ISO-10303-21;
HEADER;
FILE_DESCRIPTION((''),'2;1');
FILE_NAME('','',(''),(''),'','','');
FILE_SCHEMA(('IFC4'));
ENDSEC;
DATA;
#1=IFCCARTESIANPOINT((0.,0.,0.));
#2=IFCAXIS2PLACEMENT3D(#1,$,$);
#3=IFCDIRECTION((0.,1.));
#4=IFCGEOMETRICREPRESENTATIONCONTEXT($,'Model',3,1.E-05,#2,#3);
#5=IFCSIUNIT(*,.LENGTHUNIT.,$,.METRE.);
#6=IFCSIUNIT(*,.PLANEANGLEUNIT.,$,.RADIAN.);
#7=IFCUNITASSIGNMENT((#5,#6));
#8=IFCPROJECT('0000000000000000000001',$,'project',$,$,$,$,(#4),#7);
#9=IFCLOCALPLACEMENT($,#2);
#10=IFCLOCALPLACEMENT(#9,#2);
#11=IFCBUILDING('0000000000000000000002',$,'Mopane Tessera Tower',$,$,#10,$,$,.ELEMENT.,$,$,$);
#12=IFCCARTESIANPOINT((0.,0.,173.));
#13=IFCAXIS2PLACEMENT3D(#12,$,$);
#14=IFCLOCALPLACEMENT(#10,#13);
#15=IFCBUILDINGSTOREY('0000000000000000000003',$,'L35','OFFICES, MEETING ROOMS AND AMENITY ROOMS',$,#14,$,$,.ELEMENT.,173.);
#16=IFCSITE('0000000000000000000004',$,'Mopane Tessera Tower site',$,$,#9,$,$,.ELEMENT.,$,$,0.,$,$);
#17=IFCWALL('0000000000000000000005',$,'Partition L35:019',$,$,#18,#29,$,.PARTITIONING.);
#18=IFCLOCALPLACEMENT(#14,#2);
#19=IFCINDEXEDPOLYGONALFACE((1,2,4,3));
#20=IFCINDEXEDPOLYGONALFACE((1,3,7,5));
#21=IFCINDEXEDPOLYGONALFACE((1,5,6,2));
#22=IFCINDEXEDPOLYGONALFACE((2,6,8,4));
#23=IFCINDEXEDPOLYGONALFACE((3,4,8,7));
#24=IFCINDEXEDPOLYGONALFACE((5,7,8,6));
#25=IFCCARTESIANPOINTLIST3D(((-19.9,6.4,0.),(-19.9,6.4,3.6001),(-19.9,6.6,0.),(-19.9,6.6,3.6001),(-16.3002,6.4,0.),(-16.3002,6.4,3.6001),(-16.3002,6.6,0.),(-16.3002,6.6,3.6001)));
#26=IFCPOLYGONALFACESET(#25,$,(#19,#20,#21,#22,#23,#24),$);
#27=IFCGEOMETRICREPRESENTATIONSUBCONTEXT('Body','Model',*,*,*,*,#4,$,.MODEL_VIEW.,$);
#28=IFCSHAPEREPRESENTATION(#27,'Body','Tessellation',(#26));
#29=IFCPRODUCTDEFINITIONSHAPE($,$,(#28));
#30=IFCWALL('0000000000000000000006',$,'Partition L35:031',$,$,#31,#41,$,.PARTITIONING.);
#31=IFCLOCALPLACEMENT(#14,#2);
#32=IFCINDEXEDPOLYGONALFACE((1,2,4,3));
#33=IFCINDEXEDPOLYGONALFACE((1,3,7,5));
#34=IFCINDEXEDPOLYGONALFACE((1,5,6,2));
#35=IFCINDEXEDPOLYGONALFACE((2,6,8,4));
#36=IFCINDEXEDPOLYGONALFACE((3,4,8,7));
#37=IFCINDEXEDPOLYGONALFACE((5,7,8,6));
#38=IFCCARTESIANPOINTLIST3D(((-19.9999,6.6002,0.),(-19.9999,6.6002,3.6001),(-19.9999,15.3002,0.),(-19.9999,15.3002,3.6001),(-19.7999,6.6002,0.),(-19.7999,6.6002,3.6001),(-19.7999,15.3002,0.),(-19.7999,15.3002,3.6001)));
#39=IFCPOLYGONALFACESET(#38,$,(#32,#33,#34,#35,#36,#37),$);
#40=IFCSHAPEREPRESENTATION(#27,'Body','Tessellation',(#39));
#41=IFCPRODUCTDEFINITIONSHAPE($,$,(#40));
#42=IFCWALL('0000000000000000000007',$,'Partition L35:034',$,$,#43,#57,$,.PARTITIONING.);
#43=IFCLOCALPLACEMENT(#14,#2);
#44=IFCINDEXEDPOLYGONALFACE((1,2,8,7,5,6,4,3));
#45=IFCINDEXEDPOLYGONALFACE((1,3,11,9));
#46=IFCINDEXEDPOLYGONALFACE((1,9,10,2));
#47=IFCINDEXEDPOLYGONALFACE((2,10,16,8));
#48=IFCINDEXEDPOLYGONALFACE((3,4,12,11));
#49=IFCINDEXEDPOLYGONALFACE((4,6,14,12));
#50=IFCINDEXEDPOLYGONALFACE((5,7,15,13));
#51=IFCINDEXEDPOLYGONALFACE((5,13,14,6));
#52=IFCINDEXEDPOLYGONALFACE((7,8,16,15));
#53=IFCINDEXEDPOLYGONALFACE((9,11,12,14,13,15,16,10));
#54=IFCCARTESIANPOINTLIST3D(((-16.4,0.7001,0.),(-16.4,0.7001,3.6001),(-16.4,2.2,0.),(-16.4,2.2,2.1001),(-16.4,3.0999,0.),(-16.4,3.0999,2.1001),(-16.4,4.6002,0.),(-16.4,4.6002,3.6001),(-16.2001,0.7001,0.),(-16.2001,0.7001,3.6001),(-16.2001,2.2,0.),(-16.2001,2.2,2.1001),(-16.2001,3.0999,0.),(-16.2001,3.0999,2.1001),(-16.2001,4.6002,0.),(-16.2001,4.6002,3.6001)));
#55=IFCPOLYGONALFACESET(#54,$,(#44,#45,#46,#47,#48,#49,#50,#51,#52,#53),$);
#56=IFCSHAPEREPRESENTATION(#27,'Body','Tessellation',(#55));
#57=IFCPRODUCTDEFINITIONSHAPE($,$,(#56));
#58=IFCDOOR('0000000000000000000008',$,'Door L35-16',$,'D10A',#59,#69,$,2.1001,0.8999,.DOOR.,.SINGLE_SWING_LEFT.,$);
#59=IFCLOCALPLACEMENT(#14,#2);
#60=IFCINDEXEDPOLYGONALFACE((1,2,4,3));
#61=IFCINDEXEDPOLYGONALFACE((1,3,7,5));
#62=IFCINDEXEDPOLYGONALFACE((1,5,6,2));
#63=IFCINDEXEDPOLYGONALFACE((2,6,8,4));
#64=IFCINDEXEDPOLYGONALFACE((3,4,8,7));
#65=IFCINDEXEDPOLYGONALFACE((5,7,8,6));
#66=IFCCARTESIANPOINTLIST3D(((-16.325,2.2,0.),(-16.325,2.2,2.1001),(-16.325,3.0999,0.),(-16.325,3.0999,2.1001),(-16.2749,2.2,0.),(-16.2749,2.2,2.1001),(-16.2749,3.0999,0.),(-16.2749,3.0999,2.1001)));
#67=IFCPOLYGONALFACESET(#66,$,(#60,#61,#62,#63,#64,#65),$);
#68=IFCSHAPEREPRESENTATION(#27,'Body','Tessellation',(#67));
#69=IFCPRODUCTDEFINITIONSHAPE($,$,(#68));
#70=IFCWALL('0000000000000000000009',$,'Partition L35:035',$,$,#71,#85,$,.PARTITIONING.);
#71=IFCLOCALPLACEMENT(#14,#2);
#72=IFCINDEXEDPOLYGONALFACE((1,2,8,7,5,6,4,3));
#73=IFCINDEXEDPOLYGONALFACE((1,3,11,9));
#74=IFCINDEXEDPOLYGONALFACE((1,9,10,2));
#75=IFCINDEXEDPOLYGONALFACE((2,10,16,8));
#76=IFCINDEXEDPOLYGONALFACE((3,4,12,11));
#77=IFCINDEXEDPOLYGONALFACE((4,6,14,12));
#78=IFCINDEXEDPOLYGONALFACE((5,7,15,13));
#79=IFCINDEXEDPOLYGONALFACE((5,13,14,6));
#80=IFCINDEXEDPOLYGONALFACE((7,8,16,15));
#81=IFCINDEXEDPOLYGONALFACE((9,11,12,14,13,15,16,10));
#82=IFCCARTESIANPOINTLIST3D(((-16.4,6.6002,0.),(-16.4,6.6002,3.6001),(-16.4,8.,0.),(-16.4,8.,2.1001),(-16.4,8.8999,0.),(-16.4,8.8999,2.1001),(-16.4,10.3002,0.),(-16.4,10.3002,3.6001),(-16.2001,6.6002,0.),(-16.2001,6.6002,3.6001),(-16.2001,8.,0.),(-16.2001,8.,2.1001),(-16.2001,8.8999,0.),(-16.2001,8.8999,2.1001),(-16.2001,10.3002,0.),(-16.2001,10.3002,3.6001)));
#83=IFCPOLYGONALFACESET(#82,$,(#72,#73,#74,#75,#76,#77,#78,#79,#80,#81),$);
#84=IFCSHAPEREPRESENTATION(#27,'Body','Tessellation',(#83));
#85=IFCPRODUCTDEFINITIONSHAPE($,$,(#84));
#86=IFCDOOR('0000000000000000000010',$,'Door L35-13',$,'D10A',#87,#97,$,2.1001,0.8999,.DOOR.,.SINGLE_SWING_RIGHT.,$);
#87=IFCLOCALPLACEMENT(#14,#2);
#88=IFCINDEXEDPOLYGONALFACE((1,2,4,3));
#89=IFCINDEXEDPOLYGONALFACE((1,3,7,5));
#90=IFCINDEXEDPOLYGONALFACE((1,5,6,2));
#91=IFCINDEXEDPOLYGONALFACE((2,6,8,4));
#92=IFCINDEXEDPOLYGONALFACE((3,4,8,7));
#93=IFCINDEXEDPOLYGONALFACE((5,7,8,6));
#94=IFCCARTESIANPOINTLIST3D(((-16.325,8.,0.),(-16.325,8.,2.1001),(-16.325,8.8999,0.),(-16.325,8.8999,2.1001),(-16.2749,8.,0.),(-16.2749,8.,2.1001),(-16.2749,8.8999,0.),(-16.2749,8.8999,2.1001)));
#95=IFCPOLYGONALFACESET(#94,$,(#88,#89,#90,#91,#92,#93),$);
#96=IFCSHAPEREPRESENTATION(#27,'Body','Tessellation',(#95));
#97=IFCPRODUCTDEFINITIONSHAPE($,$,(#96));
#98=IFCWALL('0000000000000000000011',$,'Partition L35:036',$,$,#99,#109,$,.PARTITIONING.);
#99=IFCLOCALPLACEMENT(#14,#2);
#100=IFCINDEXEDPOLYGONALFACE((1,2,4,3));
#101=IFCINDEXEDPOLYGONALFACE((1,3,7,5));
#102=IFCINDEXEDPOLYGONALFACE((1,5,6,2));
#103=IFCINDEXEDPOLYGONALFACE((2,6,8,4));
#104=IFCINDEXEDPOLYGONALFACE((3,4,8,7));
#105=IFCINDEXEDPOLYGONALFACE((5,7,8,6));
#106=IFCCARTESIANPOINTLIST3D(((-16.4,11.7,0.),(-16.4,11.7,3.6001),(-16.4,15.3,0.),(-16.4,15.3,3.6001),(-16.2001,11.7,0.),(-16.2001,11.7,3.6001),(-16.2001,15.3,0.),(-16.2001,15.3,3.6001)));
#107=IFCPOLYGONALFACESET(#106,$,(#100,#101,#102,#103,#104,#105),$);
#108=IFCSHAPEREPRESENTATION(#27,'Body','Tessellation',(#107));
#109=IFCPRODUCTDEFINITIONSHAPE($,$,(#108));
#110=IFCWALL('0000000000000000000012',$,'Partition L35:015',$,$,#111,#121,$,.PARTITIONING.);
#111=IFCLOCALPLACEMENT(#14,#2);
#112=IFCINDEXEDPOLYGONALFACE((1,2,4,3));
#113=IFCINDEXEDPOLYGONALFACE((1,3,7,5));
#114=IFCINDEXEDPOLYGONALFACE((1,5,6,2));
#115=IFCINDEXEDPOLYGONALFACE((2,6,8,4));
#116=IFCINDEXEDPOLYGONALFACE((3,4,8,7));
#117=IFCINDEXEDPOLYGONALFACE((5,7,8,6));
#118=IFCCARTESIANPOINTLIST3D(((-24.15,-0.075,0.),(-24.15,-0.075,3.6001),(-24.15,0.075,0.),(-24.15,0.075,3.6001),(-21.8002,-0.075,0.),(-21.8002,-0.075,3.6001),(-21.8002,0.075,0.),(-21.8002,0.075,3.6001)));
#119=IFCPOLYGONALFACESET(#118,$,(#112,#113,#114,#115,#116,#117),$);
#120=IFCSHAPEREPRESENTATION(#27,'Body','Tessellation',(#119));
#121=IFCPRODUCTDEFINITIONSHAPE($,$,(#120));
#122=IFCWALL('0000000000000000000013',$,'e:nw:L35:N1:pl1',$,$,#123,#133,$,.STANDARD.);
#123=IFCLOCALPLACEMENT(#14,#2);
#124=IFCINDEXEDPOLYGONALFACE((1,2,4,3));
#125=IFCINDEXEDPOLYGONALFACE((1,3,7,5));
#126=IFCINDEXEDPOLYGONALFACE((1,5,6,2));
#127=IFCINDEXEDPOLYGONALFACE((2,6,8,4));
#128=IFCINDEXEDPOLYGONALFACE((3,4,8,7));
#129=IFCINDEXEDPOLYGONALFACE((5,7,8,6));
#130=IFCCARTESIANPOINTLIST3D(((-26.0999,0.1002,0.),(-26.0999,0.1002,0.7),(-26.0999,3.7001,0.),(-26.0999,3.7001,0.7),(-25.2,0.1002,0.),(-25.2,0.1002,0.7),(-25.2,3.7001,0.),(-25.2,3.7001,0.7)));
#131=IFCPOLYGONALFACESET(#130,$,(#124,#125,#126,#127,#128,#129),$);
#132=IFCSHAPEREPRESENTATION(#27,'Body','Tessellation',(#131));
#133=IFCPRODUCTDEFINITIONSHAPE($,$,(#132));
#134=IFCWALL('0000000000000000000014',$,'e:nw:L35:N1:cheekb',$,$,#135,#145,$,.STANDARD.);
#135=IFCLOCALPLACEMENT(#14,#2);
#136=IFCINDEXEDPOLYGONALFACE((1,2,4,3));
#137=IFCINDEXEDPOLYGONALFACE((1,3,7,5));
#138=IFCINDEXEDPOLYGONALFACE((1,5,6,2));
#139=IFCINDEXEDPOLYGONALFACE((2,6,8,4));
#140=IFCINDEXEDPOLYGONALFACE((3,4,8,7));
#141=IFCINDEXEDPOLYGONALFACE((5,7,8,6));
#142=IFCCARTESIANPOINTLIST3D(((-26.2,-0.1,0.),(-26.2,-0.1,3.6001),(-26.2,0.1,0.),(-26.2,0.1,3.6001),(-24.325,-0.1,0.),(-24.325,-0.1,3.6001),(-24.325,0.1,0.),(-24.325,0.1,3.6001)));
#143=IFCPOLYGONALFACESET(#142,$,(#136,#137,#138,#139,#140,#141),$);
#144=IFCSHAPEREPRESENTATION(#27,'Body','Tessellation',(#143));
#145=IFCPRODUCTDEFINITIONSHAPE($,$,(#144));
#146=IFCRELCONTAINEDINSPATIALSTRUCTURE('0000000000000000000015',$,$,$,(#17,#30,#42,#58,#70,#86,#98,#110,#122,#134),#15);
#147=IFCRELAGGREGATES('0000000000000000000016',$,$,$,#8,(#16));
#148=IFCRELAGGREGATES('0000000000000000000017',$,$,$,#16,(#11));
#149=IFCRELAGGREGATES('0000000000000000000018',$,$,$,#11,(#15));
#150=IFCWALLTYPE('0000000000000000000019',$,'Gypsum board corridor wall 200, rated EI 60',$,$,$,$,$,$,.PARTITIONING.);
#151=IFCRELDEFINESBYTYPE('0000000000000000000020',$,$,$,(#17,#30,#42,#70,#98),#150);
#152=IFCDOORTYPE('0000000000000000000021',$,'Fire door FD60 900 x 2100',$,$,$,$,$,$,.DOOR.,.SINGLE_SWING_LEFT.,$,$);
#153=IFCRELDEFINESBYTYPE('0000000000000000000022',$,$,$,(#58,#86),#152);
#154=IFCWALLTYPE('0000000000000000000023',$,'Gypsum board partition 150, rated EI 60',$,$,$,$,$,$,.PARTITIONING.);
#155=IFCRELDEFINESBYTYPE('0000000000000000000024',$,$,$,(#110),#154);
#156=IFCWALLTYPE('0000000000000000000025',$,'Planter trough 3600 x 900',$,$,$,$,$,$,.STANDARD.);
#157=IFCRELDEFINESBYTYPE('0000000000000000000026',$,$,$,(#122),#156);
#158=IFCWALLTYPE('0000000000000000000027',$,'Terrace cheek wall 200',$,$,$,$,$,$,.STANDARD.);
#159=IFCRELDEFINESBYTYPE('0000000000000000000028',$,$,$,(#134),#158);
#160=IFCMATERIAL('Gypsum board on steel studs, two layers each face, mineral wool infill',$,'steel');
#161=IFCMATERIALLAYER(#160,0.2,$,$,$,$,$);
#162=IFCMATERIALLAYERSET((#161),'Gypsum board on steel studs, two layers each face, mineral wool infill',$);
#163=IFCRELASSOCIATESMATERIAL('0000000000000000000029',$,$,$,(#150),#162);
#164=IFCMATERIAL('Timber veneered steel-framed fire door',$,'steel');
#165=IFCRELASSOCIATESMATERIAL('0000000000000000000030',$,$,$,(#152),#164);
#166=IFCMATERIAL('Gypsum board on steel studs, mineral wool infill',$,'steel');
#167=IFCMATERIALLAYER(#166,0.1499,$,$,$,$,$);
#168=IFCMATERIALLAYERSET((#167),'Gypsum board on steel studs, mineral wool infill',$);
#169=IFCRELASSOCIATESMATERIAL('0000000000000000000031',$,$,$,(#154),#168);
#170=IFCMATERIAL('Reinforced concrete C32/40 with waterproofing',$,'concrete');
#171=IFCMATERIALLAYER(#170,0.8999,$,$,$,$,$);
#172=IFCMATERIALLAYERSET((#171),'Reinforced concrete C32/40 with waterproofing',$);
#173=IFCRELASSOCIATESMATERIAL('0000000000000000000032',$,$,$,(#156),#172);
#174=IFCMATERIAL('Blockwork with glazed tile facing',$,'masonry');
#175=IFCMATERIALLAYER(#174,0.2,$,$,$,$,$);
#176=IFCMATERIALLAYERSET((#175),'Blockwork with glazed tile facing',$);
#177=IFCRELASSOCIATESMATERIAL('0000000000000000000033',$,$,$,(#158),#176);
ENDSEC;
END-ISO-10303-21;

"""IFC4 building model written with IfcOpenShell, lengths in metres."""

from ifc_helpers import new_model, si_unit, direction, frame, frame_2d, origin, place, context, subcontext, project, spatial, rectangle, extrude, material, layer, layer_set, type_object, element, fill, save


model = new_model("IFC4")

# Units and contexts
model_context = context("Model", 3, precision=1e-05, world=origin(), true_north=direction((0.0, 1.0)))
body_context = subcontext(model_context, "Body", "Model", "MODEL_VIEW")
ifc_project = project(units=[si_unit("LENGTHUNIT", "METRE"), si_unit("PLANEANGLEUNIT", "RADIAN")], contexts=[model_context])

# Site, building, storey
site_placement = place(None, origin())
site = spatial("IfcSite", under=ifc_project, at=site_placement, Name="Mopane Tessera Tower site", CompositionType="ELEMENT", RefElevation=0.0)
building_placement = place(site_placement, origin())
building = spatial("IfcBuilding", under=site, at=building_placement, Name="Mopane Tessera Tower", CompositionType="ELEMENT")
storey_placement = place(building_placement, frame((0.0, 0.0, 173.0)))
storey = spatial("IfcBuildingStorey", under=building, at=storey_placement, Name="L35", Description="OFFICES, MEETING ROOMS AND AMENITY ROOMS", CompositionType="ELEMENT", Elevation=173.0)

# Walls
ifc_material_1 = material(Name="Gypsum board on steel studs, two layers each face, mineral wool infill", Category="steel")
ifc_layer_1 = layer(ifc_material_1, 0.2)
ifc_layer_set_1 = layer_set([ifc_layer_1], Name="Gypsum board on steel studs, two layers each face, mineral wool infill")
wall_type_1 = type_object("IfcWallType", Name="Gypsum board corridor wall 200, rated EI 60", PredefinedType="PARTITIONING", material=ifc_layer_set_1)
for number, where, z_axis, x_axis, name in (
    (1, (-19.8999, 6.5, 0.0), (0.0, 0.0, 1.0), (1.0, 0.0, 0.0), "Partition L35:019"),
):
    element("IfcWall", number, at=place(storey_placement, frame(where, z_axis=z_axis, x_axis=x_axis)), inside=storey, type_object=wall_type_1, Name=name, PredefinedType="PARTITIONING", context=body_context, shape_type="SweptSolid", body=[
        extrude(rectangle(XDim=3.5999, YDim=0.2, at=frame_2d((1.7998, 0.0))), origin(), (0.0, 0.0, 1.0), 3.6001),
    ])
wall_1_placement = place(storey_placement, frame((-19.8999, 6.6001, 0.0), z_axis=(0.0, 0.0, 1.0), x_axis=(0.0, 1.0, 0.0)))
element("IfcWall", 2, at=wall_1_placement, inside=storey, type_object=wall_type_1, Name="Partition L35:031", PredefinedType="PARTITIONING", context=body_context, shape_type="SweptSolid", body=[
    extrude(rectangle(XDim=8.7, YDim=0.2, at=frame_2d((4.3501, 0.0))), origin(), (0.0, 0.0, 1.0), 3.6001),
])

# Walls, openings, doors
wall_2_placement = place(storey_placement, frame((-16.3, 0.7, 0.0), z_axis=(0.0, 0.0, 1.0), x_axis=(0.0, 1.0, 0.0)))
wall_2 = element("IfcWall", 3, at=wall_2_placement, inside=storey, type_object=wall_type_1, Name="Partition L35:034", PredefinedType="PARTITIONING", context=body_context, shape_type="SweptSolid", body=[
    extrude(rectangle(XDim=3.9001, YDim=0.2, at=frame_2d((1.9502, 0.0))), origin(), (0.0, 0.0, 1.0), 3.6001),
])
opening_1_placement = place(wall_2_placement, frame((1.5, 0.0, 0.0)))
opening_1 = element("IfcOpeningElement", 4, at=opening_1_placement, cuts=wall_2, PredefinedType="OPENING", context=body_context, shape_type="SweptSolid", body=[
    extrude(rectangle(XDim=0.8999, YDim=2.1001, at=frame_2d((0.45, 1.05))), frame((0.0, 0.1121, 0.0), z_axis=(0.0, -1.0, 0.0), x_axis=(1.0, 0.0, 0.0)), (0.0, 0.0, 1.0), 0.2239),
])
ifc_material_2 = material(Name="Timber veneered steel-framed fire door", Category="steel")
door_type = type_object("IfcDoorType", Name="Fire door FD60 900 x 2100", OperationType="SINGLE_SWING_LEFT", PredefinedType="DOOR", material=ifc_material_2)
door_1_placement = place(opening_1_placement, origin())
door_1 = element("IfcDoor", 5, at=door_1_placement, inside=storey, type_object=door_type, Name="Door L35-16", ObjectType="D10A", OperationType="SINGLE_SWING_LEFT", OverallHeight=2.1001, OverallWidth=0.8999, PredefinedType="DOOR", context=body_context, shape_type="SweptSolid", body=[
    extrude(rectangle(XDim=0.8999, YDim=2.1001, at=frame_2d((0.45, 1.05))), frame((0.0, 0.0249, 0.0), z_axis=(0.0, -1.0, 0.0), x_axis=(1.0, 0.0, 0.0)), (0.0, 0.0, 1.0), 0.05),
])
fill(opening_1, door_1)
wall_3_placement = place(storey_placement, frame((-16.3, 6.6001, 0.0), z_axis=(0.0, 0.0, 1.0), x_axis=(0.0, 1.0, 0.0)))
wall_3 = element("IfcWall", 6, at=wall_3_placement, inside=storey, type_object=wall_type_1, Name="Partition L35:035", PredefinedType="PARTITIONING", context=body_context, shape_type="SweptSolid", body=[
    extrude(rectangle(XDim=3.7, YDim=0.2, at=frame_2d((1.8501, 0.0))), origin(), (0.0, 0.0, 1.0), 3.6001),
])
opening_2_placement = place(wall_3_placement, frame((1.3999, 0.0, 0.0)))
opening_2 = element("IfcOpeningElement", 7, at=opening_2_placement, cuts=wall_3, PredefinedType="OPENING", context=body_context, shape_type="SweptSolid", body=[
    extrude(rectangle(XDim=0.8999, YDim=2.1001, at=frame_2d((0.45, 1.05))), frame((0.0, 0.1121, 0.0), z_axis=(0.0, -1.0, 0.0), x_axis=(1.0, 0.0, 0.0)), (0.0, 0.0, 1.0), 0.2239),
])
door_2_placement = place(opening_2_placement, origin())
door_2 = element("IfcDoor", 8, at=door_2_placement, inside=storey, type_object=door_type, Name="Door L35-13", ObjectType="D10A", OperationType="SINGLE_SWING_RIGHT", OverallHeight=2.1001, OverallWidth=0.8999, PredefinedType="DOOR", context=body_context, shape_type="SweptSolid", body=[
    extrude(rectangle(XDim=0.8999, YDim=2.1001, at=frame_2d((0.45, 1.05))), frame((0.0, 0.0249, 0.0), z_axis=(0.0, -1.0, 0.0), x_axis=(1.0, 0.0, 0.0)), (0.0, 0.0, 1.0), 0.05),
])
fill(opening_2, door_2)

# Walls
wall_4_placement = place(storey_placement, frame((-16.3, 11.7, 0.0), z_axis=(0.0, 0.0, 1.0), x_axis=(0.0, 1.0, 0.0)))
element("IfcWall", 9, at=wall_4_placement, inside=storey, type_object=wall_type_1, Name="Partition L35:036", PredefinedType="PARTITIONING", context=body_context, shape_type="SweptSolid", body=[
    extrude(rectangle(XDim=3.6001, YDim=0.2, at=frame_2d((1.8, 0.0))), origin(), (0.0, 0.0, 1.0), 3.6001),
])
ifc_material_3 = material(Name="Gypsum board on steel studs, mineral wool infill", Category="steel")
ifc_layer_2 = layer(ifc_material_3, 0.1499)
ifc_layer_set_2 = layer_set([ifc_layer_2], Name="Gypsum board on steel studs, mineral wool infill")
wall_type_2 = type_object("IfcWallType", Name="Gypsum board partition 150, rated EI 60", PredefinedType="PARTITIONING", material=ifc_layer_set_2)
wall_5_placement = place(storey_placement, frame((-24.1499, 0.0, 0.0), z_axis=(0.0, 0.0, 1.0), x_axis=(1.0, 0.0, 0.0)))
element("IfcWall", 10, at=wall_5_placement, inside=storey, type_object=wall_type_2, Name="Partition L35:015", PredefinedType="PARTITIONING", context=body_context, shape_type="SweptSolid", body=[
    extrude(rectangle(XDim=2.3499, YDim=0.1499, at=frame_2d((1.1748, 0.0))), origin(), (0.0, 0.0, 1.0), 3.6001),
])
ifc_material_4 = material(Name="Reinforced concrete C32/40 with waterproofing", Category="concrete")
ifc_layer_3 = layer(ifc_material_4, 0.8999)
ifc_layer_set_3 = layer_set([ifc_layer_3], Name="Reinforced concrete C32/40 with waterproofing")
wall_type_3 = type_object("IfcWallType", Name="Planter trough 3600 x 900", PredefinedType="STANDARD", material=ifc_layer_set_3)
wall_6_placement = place(storey_placement, frame((-25.6499, 3.7, 0.0), z_axis=(0.0, 0.0, 1.0), x_axis=(0.0, -1.0, 0.0)))
element("IfcWall", 11, at=wall_6_placement, inside=storey, type_object=wall_type_3, Name="e:nw:L35:N1:pl1", PredefinedType="STANDARD", context=body_context, shape_type="SweptSolid", body=[
    extrude(rectangle(XDim=3.5999, YDim=0.8999, at=frame_2d((1.7998, 0.0))), origin(), (0.0, 0.0, 1.0), 0.7),
])
ifc_material_5 = material(Name="Blockwork with glazed tile facing", Category="masonry")
ifc_layer_4 = layer(ifc_material_5, 0.2)
ifc_layer_set_4 = layer_set([ifc_layer_4], Name="Blockwork with glazed tile facing")
wall_type_4 = type_object("IfcWallType", Name="Terrace cheek wall 200", PredefinedType="STANDARD", material=ifc_layer_set_4)
wall_7_placement = place(storey_placement, frame((-26.2, 0.0, 0.0), z_axis=(0.0, 0.0, 1.0), x_axis=(1.0, 0.0, 0.0)))
element("IfcWall", 12, at=wall_7_placement, inside=storey, type_object=wall_type_4, Name="e:nw:L35:N1:cheekb", PredefinedType="STANDARD", context=body_context, shape_type="SweptSolid", body=[
    extrude(rectangle(XDim=1.875, YDim=0.2, at=frame_2d((0.9375, 0.0))), origin(), (0.0, 0.0, 1.0), 3.6001),
])

save(model, "model.ifc")
